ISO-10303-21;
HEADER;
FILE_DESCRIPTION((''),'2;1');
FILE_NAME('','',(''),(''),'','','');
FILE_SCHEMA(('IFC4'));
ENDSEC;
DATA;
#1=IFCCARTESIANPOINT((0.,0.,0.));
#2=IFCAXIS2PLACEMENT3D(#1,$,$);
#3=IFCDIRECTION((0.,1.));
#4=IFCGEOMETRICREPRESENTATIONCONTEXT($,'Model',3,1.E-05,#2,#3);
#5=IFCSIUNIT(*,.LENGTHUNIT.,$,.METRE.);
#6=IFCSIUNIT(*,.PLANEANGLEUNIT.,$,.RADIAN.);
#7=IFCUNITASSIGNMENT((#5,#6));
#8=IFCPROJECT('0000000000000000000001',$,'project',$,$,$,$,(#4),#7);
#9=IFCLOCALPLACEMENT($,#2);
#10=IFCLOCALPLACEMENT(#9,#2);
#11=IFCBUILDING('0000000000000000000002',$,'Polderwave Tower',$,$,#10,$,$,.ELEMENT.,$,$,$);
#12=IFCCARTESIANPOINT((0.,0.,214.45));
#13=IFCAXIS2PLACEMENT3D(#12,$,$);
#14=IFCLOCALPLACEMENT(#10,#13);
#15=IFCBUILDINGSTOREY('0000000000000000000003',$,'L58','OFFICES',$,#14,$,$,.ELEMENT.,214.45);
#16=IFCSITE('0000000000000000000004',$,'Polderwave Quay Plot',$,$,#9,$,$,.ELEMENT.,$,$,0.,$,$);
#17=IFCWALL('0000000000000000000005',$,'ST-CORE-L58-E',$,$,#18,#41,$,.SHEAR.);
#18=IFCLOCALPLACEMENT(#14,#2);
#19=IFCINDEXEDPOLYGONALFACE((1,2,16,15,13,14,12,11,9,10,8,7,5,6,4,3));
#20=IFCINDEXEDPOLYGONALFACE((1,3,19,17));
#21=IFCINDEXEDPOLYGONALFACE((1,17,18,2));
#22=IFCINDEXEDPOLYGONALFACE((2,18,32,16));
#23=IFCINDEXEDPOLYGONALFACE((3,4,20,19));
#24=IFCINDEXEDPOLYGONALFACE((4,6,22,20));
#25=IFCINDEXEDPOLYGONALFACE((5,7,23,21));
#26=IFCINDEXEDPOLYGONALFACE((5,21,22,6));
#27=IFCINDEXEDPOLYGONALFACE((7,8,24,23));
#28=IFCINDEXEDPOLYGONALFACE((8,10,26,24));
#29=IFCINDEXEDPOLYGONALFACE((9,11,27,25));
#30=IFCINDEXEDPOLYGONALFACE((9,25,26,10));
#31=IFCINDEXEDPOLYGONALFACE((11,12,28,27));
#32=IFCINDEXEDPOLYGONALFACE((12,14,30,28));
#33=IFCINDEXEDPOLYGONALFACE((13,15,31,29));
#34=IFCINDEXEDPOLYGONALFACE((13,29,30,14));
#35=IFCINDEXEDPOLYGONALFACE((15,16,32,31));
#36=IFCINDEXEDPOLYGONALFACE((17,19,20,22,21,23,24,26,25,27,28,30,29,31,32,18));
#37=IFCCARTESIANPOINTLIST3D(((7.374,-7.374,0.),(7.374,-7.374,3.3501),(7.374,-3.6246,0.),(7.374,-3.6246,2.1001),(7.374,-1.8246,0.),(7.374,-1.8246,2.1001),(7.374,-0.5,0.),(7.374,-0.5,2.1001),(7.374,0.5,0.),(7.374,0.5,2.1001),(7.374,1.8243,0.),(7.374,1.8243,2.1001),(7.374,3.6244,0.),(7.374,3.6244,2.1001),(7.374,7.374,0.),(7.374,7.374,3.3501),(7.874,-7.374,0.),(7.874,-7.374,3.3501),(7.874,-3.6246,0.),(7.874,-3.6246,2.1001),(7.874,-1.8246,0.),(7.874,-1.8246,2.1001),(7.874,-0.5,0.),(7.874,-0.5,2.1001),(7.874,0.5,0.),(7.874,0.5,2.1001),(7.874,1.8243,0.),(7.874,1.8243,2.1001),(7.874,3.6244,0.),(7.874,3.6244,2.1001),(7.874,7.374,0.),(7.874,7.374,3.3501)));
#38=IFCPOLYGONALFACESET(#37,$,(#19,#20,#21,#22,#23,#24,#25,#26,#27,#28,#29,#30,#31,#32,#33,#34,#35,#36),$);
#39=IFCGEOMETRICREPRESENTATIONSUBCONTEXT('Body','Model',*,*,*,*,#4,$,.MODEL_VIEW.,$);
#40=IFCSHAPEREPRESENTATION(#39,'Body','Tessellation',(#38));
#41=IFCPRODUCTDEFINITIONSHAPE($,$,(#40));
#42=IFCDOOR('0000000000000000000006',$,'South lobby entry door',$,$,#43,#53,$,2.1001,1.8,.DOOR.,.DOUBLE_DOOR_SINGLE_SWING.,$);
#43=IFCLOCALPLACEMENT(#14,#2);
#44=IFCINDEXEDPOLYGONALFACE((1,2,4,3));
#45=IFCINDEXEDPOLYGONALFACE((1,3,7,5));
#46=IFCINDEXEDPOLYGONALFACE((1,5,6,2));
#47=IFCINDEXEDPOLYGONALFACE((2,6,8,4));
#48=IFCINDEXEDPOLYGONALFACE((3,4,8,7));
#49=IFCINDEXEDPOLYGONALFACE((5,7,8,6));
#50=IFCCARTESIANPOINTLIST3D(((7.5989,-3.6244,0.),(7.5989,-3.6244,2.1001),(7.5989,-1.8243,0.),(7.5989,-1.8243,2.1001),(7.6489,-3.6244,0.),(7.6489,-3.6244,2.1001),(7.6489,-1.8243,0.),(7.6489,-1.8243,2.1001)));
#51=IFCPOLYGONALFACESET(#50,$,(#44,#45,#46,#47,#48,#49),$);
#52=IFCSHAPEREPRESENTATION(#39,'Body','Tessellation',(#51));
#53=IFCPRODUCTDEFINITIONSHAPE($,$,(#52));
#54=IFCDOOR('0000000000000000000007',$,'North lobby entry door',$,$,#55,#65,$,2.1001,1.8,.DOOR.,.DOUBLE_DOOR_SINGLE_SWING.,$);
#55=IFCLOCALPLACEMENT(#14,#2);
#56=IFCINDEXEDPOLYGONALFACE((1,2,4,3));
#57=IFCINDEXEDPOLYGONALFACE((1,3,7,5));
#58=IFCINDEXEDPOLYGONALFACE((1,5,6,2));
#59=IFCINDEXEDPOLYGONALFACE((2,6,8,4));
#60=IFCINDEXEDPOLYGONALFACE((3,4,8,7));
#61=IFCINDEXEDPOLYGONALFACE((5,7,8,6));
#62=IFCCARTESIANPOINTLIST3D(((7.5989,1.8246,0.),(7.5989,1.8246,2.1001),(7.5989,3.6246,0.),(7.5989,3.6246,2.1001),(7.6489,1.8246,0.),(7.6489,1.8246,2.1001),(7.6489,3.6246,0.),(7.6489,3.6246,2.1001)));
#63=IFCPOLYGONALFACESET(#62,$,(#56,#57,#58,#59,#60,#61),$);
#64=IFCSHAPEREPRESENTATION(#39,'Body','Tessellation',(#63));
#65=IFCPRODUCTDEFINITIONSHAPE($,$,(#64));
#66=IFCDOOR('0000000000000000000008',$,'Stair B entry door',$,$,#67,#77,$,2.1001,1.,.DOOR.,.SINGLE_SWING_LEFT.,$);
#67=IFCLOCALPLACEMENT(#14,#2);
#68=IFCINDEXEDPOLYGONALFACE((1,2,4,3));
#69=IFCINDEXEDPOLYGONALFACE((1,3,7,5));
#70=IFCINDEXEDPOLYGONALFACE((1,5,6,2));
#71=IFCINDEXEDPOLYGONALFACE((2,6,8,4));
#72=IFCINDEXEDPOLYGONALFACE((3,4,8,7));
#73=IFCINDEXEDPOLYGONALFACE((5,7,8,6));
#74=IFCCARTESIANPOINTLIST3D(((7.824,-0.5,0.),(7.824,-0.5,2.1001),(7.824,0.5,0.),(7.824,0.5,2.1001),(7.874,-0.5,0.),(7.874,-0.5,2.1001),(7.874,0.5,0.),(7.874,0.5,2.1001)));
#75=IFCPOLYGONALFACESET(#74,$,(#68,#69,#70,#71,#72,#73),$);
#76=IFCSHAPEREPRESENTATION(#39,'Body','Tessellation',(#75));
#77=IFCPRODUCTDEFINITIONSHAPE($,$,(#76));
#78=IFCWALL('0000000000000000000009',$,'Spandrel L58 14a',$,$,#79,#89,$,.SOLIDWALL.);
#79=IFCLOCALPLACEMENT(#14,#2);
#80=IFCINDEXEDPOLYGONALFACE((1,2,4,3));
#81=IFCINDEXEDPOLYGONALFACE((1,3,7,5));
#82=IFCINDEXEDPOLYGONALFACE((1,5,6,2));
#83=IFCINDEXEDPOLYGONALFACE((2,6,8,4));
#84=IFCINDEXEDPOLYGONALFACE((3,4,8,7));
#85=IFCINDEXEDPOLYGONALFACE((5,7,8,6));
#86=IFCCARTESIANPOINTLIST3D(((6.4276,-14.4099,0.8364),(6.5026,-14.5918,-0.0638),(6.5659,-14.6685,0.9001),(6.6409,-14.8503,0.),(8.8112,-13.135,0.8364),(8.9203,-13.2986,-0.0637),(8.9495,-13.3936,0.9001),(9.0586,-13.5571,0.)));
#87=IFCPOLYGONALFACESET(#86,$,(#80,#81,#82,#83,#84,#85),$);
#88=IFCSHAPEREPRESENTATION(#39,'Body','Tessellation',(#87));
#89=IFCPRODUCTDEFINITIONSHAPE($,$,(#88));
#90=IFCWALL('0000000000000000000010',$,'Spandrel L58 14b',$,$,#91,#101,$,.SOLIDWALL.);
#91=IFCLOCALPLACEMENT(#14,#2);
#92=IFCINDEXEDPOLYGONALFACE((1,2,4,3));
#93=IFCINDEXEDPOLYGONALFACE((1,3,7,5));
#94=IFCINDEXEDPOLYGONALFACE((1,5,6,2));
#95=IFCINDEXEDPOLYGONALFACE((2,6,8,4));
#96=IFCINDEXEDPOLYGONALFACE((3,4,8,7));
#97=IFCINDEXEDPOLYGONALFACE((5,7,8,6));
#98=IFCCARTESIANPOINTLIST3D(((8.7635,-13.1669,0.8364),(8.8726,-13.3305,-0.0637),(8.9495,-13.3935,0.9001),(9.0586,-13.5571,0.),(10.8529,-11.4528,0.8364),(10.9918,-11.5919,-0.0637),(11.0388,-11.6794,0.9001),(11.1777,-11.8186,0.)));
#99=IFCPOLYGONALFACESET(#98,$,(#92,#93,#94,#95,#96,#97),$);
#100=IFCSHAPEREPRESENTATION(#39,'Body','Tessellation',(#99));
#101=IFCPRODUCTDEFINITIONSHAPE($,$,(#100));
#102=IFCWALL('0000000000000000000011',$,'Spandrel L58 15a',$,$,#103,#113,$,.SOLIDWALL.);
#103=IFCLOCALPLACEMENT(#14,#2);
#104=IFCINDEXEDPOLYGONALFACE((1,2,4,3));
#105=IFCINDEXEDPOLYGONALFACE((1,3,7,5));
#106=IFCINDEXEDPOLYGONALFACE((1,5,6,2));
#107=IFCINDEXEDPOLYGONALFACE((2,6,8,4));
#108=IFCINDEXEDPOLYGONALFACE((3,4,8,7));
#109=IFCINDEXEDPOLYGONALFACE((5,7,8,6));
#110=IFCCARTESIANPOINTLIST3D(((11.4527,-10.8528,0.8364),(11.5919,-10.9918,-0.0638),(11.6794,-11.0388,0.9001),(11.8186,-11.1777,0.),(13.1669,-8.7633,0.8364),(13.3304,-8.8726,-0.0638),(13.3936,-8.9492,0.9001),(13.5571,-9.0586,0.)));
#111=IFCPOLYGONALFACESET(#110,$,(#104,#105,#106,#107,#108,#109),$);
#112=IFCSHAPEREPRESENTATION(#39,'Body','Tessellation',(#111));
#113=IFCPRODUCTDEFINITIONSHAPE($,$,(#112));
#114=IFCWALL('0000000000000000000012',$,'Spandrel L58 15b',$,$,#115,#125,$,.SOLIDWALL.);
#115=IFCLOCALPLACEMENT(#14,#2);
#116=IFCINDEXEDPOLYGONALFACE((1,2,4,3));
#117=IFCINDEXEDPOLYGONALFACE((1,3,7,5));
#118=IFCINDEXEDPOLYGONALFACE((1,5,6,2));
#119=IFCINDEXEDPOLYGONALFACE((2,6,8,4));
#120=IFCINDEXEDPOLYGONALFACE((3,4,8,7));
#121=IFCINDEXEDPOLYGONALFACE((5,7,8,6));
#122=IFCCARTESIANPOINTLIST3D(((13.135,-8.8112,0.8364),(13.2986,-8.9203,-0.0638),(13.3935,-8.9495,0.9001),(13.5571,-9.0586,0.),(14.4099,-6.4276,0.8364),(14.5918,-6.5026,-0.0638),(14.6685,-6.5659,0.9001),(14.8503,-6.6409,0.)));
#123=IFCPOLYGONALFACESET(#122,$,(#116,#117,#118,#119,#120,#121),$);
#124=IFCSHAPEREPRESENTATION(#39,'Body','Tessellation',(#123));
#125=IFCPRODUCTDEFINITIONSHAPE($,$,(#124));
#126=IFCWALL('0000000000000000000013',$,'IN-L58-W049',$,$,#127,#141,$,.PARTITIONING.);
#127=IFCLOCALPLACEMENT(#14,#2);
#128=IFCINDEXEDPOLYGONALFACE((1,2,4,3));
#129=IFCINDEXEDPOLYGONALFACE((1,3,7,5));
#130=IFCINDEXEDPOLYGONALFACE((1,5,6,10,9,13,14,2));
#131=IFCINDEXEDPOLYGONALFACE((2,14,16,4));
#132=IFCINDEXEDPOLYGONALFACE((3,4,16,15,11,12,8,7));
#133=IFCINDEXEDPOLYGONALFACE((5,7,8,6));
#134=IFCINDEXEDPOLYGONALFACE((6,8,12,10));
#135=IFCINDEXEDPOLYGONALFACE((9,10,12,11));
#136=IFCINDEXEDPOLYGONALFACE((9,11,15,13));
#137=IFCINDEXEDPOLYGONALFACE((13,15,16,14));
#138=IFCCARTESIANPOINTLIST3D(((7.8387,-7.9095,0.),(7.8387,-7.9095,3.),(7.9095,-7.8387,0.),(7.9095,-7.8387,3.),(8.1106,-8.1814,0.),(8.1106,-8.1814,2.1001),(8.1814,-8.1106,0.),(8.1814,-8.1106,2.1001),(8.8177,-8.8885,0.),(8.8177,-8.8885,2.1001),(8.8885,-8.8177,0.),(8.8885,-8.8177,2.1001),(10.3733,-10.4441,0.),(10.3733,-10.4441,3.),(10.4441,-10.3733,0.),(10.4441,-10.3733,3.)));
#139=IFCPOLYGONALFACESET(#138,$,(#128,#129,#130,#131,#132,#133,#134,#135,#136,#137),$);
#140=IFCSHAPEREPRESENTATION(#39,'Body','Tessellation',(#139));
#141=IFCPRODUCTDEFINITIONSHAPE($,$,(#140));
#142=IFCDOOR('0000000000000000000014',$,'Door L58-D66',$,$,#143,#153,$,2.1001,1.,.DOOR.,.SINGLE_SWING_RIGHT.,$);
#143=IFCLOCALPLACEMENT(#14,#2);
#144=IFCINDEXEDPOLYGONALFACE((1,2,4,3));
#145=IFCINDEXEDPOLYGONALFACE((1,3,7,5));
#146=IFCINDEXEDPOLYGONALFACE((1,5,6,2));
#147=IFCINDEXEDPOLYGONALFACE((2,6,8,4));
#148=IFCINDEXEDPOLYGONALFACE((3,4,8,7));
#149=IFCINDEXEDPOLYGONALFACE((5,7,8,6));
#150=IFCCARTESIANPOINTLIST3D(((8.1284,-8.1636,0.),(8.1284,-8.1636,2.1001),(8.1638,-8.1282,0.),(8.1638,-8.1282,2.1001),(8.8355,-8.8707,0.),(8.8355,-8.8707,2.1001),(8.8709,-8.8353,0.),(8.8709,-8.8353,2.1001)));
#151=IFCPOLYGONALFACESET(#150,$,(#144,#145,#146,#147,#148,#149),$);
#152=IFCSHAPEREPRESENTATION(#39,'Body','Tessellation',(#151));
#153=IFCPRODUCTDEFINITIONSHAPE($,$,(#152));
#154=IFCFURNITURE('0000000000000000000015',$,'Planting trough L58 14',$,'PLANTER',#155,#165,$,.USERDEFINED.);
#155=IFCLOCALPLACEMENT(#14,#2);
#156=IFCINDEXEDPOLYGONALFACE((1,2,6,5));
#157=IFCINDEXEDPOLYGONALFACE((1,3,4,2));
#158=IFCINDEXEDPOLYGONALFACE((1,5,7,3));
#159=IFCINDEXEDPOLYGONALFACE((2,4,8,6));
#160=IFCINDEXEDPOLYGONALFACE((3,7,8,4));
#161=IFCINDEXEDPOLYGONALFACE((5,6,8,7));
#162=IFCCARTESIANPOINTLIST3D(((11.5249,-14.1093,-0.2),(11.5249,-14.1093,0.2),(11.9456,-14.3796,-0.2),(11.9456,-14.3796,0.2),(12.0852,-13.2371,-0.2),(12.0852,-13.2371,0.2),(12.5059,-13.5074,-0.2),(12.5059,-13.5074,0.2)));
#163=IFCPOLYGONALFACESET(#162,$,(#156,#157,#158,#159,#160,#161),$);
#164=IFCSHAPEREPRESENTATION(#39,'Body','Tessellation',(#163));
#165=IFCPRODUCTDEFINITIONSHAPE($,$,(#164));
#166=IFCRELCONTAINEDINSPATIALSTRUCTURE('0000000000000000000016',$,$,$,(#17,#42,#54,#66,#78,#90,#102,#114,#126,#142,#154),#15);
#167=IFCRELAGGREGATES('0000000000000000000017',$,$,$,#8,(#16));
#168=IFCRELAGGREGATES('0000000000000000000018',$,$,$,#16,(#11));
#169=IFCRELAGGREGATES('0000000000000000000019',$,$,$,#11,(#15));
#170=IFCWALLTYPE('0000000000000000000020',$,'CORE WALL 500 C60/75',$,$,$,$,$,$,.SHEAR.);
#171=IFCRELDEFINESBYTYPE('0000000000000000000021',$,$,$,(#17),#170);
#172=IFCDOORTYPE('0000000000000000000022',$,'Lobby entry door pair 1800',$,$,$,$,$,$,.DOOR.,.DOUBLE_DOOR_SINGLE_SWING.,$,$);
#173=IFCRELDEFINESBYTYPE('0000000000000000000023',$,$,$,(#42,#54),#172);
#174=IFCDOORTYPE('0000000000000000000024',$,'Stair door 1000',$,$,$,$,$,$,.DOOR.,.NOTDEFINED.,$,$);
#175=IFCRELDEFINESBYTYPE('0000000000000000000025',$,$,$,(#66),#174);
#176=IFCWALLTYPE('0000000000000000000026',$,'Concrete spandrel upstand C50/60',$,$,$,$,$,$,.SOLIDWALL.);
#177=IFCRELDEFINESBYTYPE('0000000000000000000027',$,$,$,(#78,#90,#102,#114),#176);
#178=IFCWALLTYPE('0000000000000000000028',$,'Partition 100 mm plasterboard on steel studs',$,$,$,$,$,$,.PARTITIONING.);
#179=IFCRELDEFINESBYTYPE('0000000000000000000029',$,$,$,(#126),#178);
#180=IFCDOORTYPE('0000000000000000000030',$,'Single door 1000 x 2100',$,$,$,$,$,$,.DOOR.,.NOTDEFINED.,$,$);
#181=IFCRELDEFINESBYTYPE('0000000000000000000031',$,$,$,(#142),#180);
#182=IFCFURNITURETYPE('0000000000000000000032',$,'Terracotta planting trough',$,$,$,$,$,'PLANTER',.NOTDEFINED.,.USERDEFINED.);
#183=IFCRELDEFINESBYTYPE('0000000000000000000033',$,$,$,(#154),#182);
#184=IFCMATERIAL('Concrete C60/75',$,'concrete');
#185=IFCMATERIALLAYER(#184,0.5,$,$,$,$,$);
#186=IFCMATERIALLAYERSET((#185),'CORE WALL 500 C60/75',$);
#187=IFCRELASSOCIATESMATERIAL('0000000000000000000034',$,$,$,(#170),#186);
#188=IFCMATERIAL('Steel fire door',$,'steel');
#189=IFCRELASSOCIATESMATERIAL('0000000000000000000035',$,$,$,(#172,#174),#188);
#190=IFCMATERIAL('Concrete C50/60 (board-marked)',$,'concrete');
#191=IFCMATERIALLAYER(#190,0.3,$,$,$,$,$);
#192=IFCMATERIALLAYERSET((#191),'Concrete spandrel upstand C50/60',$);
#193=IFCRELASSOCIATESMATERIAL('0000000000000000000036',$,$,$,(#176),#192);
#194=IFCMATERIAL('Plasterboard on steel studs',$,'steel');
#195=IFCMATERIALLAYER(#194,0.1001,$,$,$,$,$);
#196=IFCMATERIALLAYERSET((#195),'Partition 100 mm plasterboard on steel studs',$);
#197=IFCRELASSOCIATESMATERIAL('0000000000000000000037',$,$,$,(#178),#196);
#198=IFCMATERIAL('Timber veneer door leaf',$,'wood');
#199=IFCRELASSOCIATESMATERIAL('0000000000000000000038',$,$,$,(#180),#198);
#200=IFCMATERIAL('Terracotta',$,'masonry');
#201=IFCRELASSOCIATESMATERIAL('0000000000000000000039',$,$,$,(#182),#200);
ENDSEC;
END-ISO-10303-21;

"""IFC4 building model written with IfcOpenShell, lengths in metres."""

from ifc_helpers import new_model, si_unit, direction, frame, frame_2d, origin, origin_2d, place, context, subcontext, project, spatial, polyline, rectangle, outline, extrude, material, layer, layer_set, type_object, element, fill, save


model = new_model("IFC4")

# Units and contexts
model_context = context("Model", 3, precision=1e-05, world=origin(), true_north=direction((0.0, 1.0)))
body_context = subcontext(model_context, "Body", "Model", "MODEL_VIEW")
ifc_project = project(units=[si_unit("LENGTHUNIT", "METRE"), si_unit("PLANEANGLEUNIT", "RADIAN")], contexts=[model_context])

# Site, building, storey
site_placement = place(None, origin())
site = spatial("IfcSite", under=ifc_project, at=site_placement, Name="Polderwave Quay Plot", CompositionType="ELEMENT", RefElevation=0.0)
building_placement = place(site_placement, origin())
building = spatial("IfcBuilding", under=site, at=building_placement, Name="Polderwave Tower", CompositionType="ELEMENT")
storey_placement = place(building_placement, frame((0.0, 0.0, 214.45)))
storey = spatial("IfcBuildingStorey", under=building, at=storey_placement, Name="L58", Description="OFFICES", CompositionType="ELEMENT", Elevation=214.45)

# Shared definitions
ifc_material_1 = material(Name="Concrete C60/75", Category="concrete")

# Wall, openings, doors
ifc_layer_1 = layer(ifc_material_1, 0.5)
ifc_layer_set_1 = layer_set([ifc_layer_1], Name="CORE WALL 500 C60/75")
wall_type_1 = type_object("IfcWallType", Name="CORE WALL 500 C60/75", PredefinedType="SHEAR", material=ifc_layer_set_1)
wall_1_placement = place(storey_placement, frame((7.624, -7.374, 0.0), z_axis=(0.0, 0.0, 1.0), x_axis=(0.0, 1.0, 0.0)))
wall_1 = element("IfcWall", 1, at=wall_1_placement, inside=storey, type_object=wall_type_1, Name="ST-CORE-L58-E", PredefinedType="SHEAR", context=body_context, shape_type="SweptSolid", body=[
    extrude(rectangle(XDim=14.748, YDim=0.5, at=frame_2d((7.374, 0.0))), origin(), (0.0, 0.0, 1.0), 3.3501),
])
opening_1_placement = place(wall_1_placement, frame((6.874, 0.0, 0.0)))
opening_1 = element("IfcOpeningElement", 2, at=opening_1_placement, cuts=wall_1, PredefinedType="OPENING", context=body_context, shape_type="SweptSolid", body=[
    extrude(rectangle(XDim=1.0, YDim=2.1001, at=frame_2d((0.5, 1.05))), frame((0.0, 0.26, 0.0), z_axis=(0.0, -1.0, 0.0), x_axis=(1.0, 0.0, 0.0)), (0.0, 0.0, 1.0), 0.52),
])
opening_2_placement = place(wall_1_placement, frame((3.7495, 0.0, 0.0)))
opening_2 = element("IfcOpeningElement", 3, at=opening_2_placement, cuts=wall_1, PredefinedType="OPENING", context=body_context, shape_type="SweptSolid", body=[
    extrude(rectangle(XDim=1.8, YDim=2.1001, at=frame_2d((0.8999, 1.05))), frame((0.0, 0.26, 0.0), z_axis=(0.0, -1.0, 0.0), x_axis=(1.0, 0.0, 0.0)), (0.0, 0.0, 1.0), 0.52),
])
opening_3_placement = place(wall_1_placement, frame((9.1985, 0.0, 0.0)))
opening_3 = element("IfcOpeningElement", 4, at=opening_3_placement, cuts=wall_1, PredefinedType="OPENING", context=body_context, shape_type="SweptSolid", body=[
    extrude(rectangle(XDim=1.8, YDim=2.1001, at=frame_2d((0.8999, 1.05))), frame((0.0, 0.26, 0.0), z_axis=(0.0, -1.0, 0.0), x_axis=(1.0, 0.0, 0.0)), (0.0, 0.0, 1.0), 0.52),
])
ifc_material_2 = material(Name="Steel fire door", Category="steel")
door_type_1 = type_object("IfcDoorType", Name="Lobby entry door pair 1800", OperationType="DOUBLE_DOOR_SINGLE_SWING", PredefinedType="DOOR", material=ifc_material_2)
door_1_placement = place(opening_2_placement, frame((1.8, 0.0, 0.0), z_axis=(0.0, 0.0, 1.0), x_axis=(-1.0, 0.0, 0.0)))
door_1 = element("IfcDoor", 5, at=door_1_placement, inside=storey, type_object=door_type_1, Name="South lobby entry door", OperationType="DOUBLE_DOOR_SINGLE_SWING", OverallHeight=2.1001, OverallWidth=1.8, PredefinedType="DOOR", context=body_context, shape_type="SweptSolid", body=[
    extrude(rectangle(XDim=1.8, YDim=2.1001, at=frame_2d((0.8999, 1.05))), frame((0.0, 0.0249, 0.0), z_axis=(0.0, -1.0, 0.0), x_axis=(1.0, 0.0, 0.0)), (0.0, 0.0, 1.0), 0.05),
])
fill(opening_2, door_1)
door_2_placement = place(opening_3_placement, frame((1.8, 0.0, 0.0), z_axis=(0.0, 0.0, 1.0), x_axis=(-1.0, 0.0, 0.0)))
door_2 = element("IfcDoor", 6, at=door_2_placement, inside=storey, type_object=door_type_1, Name="North lobby entry door", OperationType="DOUBLE_DOOR_SINGLE_SWING", OverallHeight=2.1001, OverallWidth=1.8, PredefinedType="DOOR", context=body_context, shape_type="SweptSolid", body=[
    extrude(rectangle(XDim=1.8, YDim=2.1001, at=frame_2d((0.8999, 1.05))), frame((0.0, 0.0249, 0.0), z_axis=(0.0, -1.0, 0.0), x_axis=(1.0, 0.0, 0.0)), (0.0, 0.0, 1.0), 0.05),
])
fill(opening_3, door_2)
door_type_2 = type_object("IfcDoorType", Name="Stair door 1000", OperationType="NOTDEFINED", PredefinedType="DOOR", material=ifc_material_2)
door_3_placement = place(opening_1_placement, frame((1.0, 0.0, 0.0), z_axis=(0.0, 0.0, 1.0), x_axis=(-1.0, 0.0, 0.0)))
door_3 = element("IfcDoor", 7, at=door_3_placement, inside=storey, type_object=door_type_2, Name="Stair B entry door", OperationType="SINGLE_SWING_LEFT", OverallHeight=2.1001, OverallWidth=1.0, PredefinedType="DOOR", context=body_context, shape_type="SweptSolid", body=[
    extrude(rectangle(XDim=1.0, YDim=2.1001, at=frame_2d((0.5, 1.05))), frame((0.0, 0.25, 0.0), z_axis=(0.0, -1.0, 0.0), x_axis=(1.0, 0.0, 0.0)), (0.0, 0.0, 1.0), 0.05),
])
fill(opening_1, door_3)

# Walls
ifc_material_3 = material(Name="Concrete C50/60 (board-marked)", Category="concrete")
ifc_layer_2 = layer(ifc_material_3, 0.3)
ifc_layer_set_2 = layer_set([ifc_layer_2], Name="Concrete spandrel upstand C50/60")
wall_type_2 = type_object("IfcWallType", Name="Concrete spandrel upstand C50/60", PredefinedType="SOLIDWALL", material=ifc_layer_set_2)
wall_2_placement = place(storey_placement, frame((6.6409, -14.8503, 0.0), z_axis=(0.460883, -0.861652, 0.212469), x_axis=(0.881785, 0.471652, 0.000001)))
element("IfcWall", 8, at=wall_2_placement, inside=storey, type_object=wall_type_2, Name="Spandrel L58 14a", PredefinedType="SOLIDWALL", context=body_context, shape_type="SweptSolid", body=[
    extrude(outline(polyline([(0.0, 0.0), (2.7419, 0.0), (2.7228, 0.9212), (0.0197, 0.9212), (0.0, 0.0)])), origin(), (0.0, 0.0, -1.0), 0.3),
])
wall_3_placement = place(storey_placement, frame((9.0586, -13.5571, 0.0), z_axis=(0.619786, -0.755471, 0.212434), x_axis=(0.773117, 0.634263, -0.000001)))
element("IfcWall", 9, at=wall_3_placement, inside=storey, type_object=wall_type_2, Name="Spandrel L58 14b", PredefinedType="SOLIDWALL", context=body_context, shape_type="SweptSolid", body=[
    extrude(outline(polyline([(0.0, 0.0), (2.741, 0.0), (2.7219, 0.9212), (0.0194, 0.9212), (0.0, 0.0)])), origin(), (0.0, 0.0, -1.0), 0.3),
])
wall_4_placement = place(storey_placement, frame((11.8186, -11.1777, 0.0), z_axis=(0.755475, -0.619754, 0.212514), x_axis=(0.634242, 0.773135, -0.000005)))
element("IfcWall", 10, at=wall_4_placement, inside=storey, type_object=wall_type_2, Name="Spandrel L58 15a", PredefinedType="SOLIDWALL", context=body_context, shape_type="SweptSolid", body=[
    extrude(outline(polyline([(0.0, 0.0), (2.741, 0.0), (2.7218, 0.9212), (0.0191, 0.9212), (0.0, 0.0)])), origin(), (0.0, 0.0, -1.0), 0.3),
])
wall_5_placement = place(storey_placement, frame((13.5571, -9.0586, 0.0), z_axis=(0.861652, -0.460883, 0.212469), x_axis=(0.471652, 0.881785, -0.000001)))
element("IfcWall", 11, at=wall_5_placement, inside=storey, type_object=wall_type_2, Name="Spandrel L58 15b", PredefinedType="SOLIDWALL", context=body_context, shape_type="SweptSolid", body=[
    extrude(outline(polyline([(0.0, 0.0), (2.7419, 0.0), (2.7222, 0.9212), (0.0191, 0.9212), (0.0, 0.0)])), origin(), (0.0, 0.0, -1.0), 0.3),
])

# Wall, opening, door
ifc_material_4 = material(Name="Plasterboard on steel studs", Category="steel")
ifc_layer_3 = layer(ifc_material_4, 0.1001)
ifc_layer_set_3 = layer_set([ifc_layer_3], Name="Partition 100 mm plasterboard on steel studs")
wall_type_3 = type_object("IfcWallType", Name="Partition 100 mm plasterboard on steel studs", PredefinedType="PARTITIONING", material=ifc_layer_set_3)
wall_6_placement = place(storey_placement, frame((10.4087, -10.4087, 0.0), z_axis=(0.0, 0.0, 1.0), x_axis=(-0.707107, 0.707107, 0.0)))
wall_6 = element("IfcWall", 12, at=wall_6_placement, inside=storey, type_object=wall_type_3, Name="IN-L58-W049", PredefinedType="PARTITIONING", context=body_context, shape_type="SweptSolid", body=[
    extrude(rectangle(XDim=3.5845, YDim=0.1001, at=frame_2d((1.7922, 0.0))), origin(), (0.0, 0.0, 1.0), 3.0),
])
opening_4_placement = place(wall_6_placement, frame((2.2, 0.0, 0.0)))
opening_4 = element("IfcOpeningElement", 13, at=opening_4_placement, cuts=wall_6, PredefinedType="OPENING", context=body_context, shape_type="SweptSolid", body=[
    extrude(rectangle(XDim=1.0, YDim=2.1001, at=frame_2d((0.5, 1.05))), frame((0.0, 0.0601, 0.0), z_axis=(0.0, -1.0, 0.0), x_axis=(1.0, 0.0, 0.0)), (0.0, 0.0, 1.0), 0.1201),
])
ifc_material_5 = material(Name="Timber veneer door leaf", Category="wood")
door_type_3 = type_object("IfcDoorType", Name="Single door 1000 x 2100", OperationType="NOTDEFINED", PredefinedType="DOOR", material=ifc_material_5)
door_4_placement = place(opening_4_placement, origin())
door_4 = element("IfcDoor", 14, at=door_4_placement, inside=storey, type_object=door_type_3, Name="Door L58-D66", OperationType="SINGLE_SWING_RIGHT", OverallHeight=2.1001, OverallWidth=1.0, PredefinedType="DOOR", context=body_context, shape_type="SweptSolid", body=[
    extrude(rectangle(XDim=1.0, YDim=2.1001, at=frame_2d((0.5, 1.05))), frame((0.0, 0.0249, 0.0), z_axis=(0.0, -1.0, 0.0), x_axis=(1.0, 0.0, 0.0)), (0.0, 0.0, 1.0), 0.05),
])
fill(opening_4, door_4)

# Furniture
ifc_material_6 = material(Name="Terracotta", Category="masonry")
furniture_type = type_object("IfcFurnitureType", Name="Terracotta planting trough", ElementType="PLANTER", AssemblyPlace="NOTDEFINED", PredefinedType="USERDEFINED", material=ifc_material_6)
furniture_placement = place(storey_placement, frame((12.0154, -13.8083, -0.2), z_axis=(0.0, 0.0, 1.0), x_axis=(0.540471, 0.841363, 0.0)))
element("IfcFurniture", 15, at=furniture_placement, inside=storey, type_object=furniture_type, Name="Planting trough L58 14", ObjectType="PLANTER", PredefinedType="USERDEFINED", context=body_context, shape_type="SweptSolid", body=[
    extrude(rectangle(XDim=1.0366, YDim=0.5, at=origin_2d()), origin(), (0.0, 0.0, 1.0), 0.3999),
])

save(model, "model.ifc")
